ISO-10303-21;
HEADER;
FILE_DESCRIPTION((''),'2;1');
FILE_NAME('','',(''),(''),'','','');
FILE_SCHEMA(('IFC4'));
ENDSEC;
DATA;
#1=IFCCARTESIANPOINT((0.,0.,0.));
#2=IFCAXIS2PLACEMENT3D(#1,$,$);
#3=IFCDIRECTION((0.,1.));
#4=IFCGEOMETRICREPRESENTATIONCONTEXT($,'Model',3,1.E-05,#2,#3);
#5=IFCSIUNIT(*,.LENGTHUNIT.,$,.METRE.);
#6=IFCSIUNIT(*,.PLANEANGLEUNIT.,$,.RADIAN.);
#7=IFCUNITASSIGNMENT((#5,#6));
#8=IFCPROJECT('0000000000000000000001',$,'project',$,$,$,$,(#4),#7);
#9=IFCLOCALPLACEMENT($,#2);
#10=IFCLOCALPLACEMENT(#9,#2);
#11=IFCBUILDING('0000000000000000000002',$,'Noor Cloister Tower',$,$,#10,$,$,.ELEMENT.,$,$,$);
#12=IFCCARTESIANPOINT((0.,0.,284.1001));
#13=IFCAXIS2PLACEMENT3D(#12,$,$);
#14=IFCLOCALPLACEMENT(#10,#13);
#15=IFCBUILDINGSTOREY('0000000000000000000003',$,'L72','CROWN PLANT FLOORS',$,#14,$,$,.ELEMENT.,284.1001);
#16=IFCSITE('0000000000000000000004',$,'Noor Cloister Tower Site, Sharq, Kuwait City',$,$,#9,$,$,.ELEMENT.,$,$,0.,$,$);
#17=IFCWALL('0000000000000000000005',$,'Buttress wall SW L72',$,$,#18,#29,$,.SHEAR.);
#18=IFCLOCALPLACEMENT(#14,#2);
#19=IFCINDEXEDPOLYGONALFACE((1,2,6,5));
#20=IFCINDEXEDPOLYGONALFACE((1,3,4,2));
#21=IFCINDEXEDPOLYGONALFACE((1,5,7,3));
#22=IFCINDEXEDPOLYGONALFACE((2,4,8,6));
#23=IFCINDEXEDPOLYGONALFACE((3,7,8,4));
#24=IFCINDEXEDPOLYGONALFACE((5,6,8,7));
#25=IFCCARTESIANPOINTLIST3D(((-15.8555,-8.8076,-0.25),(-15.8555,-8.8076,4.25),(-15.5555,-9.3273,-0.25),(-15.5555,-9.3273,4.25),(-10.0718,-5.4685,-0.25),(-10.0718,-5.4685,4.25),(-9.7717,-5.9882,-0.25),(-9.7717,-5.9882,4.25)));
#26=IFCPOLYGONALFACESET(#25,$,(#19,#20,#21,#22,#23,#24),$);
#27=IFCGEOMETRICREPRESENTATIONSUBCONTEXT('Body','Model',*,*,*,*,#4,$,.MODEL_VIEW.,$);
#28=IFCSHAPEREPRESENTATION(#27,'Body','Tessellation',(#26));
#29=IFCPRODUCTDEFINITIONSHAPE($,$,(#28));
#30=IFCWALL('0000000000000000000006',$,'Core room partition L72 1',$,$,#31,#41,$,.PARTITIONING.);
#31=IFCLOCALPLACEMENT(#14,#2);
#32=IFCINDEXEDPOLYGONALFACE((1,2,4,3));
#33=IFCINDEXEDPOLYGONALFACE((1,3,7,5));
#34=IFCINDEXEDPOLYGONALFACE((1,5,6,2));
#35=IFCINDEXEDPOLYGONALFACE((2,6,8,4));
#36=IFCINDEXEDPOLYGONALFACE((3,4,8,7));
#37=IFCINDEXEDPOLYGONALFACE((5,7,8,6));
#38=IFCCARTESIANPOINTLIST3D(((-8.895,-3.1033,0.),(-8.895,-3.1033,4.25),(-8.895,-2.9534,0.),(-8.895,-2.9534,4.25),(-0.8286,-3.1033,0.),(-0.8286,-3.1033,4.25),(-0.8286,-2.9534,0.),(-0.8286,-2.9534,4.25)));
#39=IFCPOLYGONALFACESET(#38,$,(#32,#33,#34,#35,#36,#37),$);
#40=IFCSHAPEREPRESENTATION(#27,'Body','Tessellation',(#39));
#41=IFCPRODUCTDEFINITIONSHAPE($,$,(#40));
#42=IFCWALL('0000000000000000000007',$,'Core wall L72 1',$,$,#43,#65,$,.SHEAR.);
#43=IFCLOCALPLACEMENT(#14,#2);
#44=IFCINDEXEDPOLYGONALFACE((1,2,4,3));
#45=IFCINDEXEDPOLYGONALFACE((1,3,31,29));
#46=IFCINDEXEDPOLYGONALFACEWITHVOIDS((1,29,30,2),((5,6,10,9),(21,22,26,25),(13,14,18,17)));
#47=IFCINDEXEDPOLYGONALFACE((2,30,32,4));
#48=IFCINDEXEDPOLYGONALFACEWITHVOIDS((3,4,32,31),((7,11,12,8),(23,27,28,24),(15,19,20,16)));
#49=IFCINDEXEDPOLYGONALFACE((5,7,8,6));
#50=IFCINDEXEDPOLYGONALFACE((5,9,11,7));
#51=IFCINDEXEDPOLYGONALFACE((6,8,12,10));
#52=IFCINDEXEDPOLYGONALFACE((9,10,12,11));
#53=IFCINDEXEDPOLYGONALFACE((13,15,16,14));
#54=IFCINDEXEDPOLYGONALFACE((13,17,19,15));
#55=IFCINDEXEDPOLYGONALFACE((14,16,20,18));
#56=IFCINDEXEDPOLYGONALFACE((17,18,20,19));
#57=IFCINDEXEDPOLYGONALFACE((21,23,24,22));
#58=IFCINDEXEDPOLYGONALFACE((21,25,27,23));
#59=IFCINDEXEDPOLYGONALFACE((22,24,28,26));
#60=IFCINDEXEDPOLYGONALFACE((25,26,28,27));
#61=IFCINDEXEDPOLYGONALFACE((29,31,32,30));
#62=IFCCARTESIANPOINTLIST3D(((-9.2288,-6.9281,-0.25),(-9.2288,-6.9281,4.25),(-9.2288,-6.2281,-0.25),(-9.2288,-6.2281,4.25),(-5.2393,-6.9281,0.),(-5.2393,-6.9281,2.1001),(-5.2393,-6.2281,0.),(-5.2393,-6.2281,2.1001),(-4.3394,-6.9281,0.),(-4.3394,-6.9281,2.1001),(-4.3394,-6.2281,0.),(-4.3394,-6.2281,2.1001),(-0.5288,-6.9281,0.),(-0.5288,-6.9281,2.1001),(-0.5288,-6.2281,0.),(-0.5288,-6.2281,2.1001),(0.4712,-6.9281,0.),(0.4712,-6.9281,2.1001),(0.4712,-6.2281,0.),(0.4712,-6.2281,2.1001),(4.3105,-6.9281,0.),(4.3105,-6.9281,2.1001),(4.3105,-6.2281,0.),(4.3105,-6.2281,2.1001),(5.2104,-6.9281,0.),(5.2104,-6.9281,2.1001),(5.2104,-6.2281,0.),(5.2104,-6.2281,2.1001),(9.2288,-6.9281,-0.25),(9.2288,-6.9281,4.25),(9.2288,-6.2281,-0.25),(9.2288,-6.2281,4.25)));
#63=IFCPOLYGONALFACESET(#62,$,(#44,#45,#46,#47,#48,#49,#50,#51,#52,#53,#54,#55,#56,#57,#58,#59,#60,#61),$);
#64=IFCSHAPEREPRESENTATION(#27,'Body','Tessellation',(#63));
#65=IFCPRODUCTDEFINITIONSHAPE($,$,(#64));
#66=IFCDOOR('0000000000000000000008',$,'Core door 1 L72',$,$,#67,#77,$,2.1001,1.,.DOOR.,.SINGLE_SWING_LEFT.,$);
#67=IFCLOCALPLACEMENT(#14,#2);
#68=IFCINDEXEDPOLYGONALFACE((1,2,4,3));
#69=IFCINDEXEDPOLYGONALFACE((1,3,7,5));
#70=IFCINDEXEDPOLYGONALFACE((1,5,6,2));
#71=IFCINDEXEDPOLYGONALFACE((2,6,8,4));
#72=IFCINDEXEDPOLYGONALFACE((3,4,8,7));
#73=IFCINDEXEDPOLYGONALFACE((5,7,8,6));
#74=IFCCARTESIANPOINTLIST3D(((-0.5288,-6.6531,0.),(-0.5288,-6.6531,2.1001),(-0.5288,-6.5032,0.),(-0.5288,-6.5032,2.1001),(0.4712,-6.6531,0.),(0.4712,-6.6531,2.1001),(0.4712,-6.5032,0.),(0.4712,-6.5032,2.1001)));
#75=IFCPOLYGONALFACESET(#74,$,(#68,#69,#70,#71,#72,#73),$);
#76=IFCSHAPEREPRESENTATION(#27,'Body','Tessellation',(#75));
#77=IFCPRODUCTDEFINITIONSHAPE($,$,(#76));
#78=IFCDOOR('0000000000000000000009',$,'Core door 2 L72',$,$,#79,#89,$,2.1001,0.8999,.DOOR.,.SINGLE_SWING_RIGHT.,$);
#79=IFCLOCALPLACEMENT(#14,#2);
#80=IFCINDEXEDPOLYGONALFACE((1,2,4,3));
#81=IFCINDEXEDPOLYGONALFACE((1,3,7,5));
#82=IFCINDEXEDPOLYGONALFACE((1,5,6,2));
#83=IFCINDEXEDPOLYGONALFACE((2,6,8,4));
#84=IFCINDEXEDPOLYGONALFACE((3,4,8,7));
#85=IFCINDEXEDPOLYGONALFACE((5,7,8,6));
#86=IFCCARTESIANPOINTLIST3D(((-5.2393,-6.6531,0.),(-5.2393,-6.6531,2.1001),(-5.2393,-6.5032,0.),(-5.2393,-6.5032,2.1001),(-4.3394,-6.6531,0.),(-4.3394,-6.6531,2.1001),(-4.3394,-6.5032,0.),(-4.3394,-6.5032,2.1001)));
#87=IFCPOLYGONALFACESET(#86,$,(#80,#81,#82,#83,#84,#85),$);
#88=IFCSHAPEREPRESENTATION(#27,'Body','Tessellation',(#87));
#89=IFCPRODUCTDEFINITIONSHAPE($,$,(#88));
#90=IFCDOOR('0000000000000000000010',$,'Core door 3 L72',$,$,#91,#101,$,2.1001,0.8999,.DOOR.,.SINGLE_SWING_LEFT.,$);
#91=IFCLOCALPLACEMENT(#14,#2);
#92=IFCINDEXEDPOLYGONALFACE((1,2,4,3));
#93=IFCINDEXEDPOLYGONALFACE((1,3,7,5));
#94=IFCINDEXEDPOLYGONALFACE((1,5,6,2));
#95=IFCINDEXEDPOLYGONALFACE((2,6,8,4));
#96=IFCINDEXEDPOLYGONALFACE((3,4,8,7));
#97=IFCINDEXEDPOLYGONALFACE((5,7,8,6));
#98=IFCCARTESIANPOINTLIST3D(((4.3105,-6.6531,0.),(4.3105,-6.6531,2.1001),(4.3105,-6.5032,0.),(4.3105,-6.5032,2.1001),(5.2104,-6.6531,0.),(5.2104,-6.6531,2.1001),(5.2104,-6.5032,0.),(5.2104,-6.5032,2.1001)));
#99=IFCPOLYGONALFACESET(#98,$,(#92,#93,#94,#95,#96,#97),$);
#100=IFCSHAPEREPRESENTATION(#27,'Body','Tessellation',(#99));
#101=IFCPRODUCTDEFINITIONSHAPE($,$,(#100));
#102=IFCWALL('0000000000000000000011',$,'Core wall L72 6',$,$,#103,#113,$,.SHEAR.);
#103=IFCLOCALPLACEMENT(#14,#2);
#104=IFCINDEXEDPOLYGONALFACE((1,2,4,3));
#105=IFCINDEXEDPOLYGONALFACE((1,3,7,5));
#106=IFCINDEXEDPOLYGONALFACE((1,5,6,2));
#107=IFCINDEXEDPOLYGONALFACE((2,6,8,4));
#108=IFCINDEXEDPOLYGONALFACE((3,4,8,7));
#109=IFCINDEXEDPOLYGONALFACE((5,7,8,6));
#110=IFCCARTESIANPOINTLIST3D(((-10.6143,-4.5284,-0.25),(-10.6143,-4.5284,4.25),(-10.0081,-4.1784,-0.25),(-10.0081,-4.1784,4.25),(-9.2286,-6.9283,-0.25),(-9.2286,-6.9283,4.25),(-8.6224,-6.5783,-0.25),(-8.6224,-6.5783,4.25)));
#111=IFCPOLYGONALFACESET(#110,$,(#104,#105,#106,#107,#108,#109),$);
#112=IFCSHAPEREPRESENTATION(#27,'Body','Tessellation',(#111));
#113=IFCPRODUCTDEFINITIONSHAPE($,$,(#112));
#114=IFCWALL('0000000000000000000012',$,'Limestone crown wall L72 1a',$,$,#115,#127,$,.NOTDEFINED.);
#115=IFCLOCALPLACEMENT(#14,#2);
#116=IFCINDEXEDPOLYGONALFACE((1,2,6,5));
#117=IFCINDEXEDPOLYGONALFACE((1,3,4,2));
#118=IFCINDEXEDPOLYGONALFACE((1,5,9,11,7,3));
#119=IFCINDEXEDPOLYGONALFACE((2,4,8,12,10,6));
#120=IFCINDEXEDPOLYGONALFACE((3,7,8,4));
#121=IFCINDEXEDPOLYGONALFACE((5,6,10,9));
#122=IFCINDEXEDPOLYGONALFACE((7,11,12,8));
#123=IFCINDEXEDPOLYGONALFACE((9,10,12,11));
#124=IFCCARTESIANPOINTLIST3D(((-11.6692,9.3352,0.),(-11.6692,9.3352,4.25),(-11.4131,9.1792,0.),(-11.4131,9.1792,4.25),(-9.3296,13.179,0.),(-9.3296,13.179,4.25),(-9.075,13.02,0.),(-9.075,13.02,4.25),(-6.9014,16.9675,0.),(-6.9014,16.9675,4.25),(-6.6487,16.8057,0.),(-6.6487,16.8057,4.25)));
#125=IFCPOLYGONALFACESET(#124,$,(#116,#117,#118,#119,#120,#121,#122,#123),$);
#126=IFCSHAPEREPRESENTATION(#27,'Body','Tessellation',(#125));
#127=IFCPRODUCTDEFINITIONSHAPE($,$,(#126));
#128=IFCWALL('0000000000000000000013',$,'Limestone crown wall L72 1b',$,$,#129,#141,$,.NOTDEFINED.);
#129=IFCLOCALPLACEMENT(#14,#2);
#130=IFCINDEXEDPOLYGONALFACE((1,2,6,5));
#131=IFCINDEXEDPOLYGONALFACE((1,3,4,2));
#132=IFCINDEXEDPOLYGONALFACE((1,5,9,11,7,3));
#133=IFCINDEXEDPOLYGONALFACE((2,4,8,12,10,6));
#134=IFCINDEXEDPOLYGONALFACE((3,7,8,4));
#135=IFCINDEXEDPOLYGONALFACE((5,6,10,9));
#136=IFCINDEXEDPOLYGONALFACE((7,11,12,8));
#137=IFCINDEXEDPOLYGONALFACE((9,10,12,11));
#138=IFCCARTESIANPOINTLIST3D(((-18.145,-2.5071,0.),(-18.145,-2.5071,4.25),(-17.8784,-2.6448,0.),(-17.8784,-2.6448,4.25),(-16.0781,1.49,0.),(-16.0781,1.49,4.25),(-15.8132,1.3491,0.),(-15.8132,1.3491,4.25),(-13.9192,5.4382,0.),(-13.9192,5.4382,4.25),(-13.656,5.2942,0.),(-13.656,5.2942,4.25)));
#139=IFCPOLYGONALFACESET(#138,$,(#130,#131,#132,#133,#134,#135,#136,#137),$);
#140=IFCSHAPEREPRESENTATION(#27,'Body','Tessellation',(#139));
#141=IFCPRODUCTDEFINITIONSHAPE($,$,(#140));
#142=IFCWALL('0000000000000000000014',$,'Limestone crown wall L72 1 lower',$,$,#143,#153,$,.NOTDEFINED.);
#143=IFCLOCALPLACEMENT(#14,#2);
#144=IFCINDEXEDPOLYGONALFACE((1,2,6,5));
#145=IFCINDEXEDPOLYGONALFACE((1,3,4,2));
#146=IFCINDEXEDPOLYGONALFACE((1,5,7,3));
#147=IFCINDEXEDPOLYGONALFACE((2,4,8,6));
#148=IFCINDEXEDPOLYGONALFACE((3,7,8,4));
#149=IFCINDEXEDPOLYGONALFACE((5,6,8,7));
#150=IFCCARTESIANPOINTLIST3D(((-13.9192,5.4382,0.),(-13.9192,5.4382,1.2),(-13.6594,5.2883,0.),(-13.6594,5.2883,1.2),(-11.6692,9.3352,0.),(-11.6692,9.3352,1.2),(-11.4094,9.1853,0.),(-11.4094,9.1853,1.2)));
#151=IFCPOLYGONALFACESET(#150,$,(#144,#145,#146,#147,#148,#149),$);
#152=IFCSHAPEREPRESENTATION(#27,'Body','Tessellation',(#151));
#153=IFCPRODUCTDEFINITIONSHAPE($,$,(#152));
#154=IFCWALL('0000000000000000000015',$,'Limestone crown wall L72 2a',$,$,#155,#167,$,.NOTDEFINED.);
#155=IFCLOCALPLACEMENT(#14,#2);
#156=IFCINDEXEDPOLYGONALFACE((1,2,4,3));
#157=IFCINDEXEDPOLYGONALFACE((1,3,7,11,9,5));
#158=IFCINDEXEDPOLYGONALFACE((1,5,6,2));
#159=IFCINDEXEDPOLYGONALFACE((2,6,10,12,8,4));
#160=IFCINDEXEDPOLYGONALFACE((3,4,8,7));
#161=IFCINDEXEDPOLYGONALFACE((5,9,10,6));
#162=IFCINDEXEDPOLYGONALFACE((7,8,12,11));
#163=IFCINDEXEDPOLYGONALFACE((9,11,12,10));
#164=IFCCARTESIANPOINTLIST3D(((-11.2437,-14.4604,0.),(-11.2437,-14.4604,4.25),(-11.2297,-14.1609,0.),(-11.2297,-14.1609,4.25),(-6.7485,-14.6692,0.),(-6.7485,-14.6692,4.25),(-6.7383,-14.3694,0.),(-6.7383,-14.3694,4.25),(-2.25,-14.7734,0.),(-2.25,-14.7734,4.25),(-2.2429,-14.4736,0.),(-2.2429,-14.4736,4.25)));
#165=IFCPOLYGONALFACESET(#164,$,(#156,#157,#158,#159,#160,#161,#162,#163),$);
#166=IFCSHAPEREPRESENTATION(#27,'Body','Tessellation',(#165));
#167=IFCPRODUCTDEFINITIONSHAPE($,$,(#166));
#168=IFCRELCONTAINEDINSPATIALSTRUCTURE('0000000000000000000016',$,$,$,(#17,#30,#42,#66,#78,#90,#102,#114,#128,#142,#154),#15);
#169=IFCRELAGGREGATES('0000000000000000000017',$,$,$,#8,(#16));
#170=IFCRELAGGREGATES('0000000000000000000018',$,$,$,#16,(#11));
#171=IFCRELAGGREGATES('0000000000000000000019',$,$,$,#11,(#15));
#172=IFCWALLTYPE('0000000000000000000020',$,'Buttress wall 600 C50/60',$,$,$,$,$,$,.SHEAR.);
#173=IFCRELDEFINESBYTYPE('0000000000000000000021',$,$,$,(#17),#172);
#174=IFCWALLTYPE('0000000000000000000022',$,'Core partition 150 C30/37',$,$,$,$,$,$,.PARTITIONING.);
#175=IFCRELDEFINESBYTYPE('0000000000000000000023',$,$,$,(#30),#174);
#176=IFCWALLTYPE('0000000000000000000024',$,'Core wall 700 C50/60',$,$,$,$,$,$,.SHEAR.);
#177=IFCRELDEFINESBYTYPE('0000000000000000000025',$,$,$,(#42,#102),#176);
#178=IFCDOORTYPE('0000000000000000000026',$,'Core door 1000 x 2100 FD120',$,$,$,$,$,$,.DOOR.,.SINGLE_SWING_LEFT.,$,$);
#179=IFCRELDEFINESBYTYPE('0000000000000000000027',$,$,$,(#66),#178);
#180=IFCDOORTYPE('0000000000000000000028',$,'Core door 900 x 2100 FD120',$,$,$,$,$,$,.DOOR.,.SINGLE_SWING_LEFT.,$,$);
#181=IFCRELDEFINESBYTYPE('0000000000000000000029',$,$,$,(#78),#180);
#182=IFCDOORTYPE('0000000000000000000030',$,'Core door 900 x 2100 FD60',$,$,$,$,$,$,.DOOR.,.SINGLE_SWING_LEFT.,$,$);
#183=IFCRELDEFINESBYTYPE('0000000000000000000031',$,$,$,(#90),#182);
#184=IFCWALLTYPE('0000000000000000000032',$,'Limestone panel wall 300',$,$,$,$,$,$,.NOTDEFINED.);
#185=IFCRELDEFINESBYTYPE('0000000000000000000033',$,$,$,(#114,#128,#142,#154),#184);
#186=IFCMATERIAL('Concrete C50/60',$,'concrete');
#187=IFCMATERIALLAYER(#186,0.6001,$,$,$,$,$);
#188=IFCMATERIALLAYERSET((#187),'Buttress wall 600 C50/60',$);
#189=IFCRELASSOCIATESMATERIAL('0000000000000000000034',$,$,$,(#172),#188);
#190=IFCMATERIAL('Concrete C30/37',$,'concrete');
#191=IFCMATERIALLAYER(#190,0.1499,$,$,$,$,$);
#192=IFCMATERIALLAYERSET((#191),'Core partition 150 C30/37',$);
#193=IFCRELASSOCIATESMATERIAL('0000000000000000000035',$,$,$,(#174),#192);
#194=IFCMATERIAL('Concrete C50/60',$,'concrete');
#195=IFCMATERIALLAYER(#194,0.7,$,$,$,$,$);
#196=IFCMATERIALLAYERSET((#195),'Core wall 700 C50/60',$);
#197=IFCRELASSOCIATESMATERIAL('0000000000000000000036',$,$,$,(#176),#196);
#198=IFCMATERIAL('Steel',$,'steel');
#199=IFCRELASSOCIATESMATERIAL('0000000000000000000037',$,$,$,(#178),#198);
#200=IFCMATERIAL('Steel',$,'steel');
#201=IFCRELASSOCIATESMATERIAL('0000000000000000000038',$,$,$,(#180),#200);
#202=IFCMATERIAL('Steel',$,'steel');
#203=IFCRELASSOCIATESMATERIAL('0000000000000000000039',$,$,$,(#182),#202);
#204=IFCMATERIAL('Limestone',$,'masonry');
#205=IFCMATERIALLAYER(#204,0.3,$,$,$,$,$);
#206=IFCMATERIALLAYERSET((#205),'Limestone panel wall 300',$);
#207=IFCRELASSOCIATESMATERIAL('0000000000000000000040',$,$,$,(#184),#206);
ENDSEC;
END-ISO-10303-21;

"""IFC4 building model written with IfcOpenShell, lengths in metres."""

from ifc_helpers import new_model, si_unit, direction, frame, frame_2d, origin, place, context, subcontext, project, spatial, polyline, rectangle, outline, extrude, material, layer, layer_set, type_object, element, fill, save


model = new_model("IFC4")

# Units and contexts
model_context = context("Model", 3, precision=1e-05, world=origin(), true_north=direction((0.0, 1.0)))
body_context = subcontext(model_context, "Body", "Model", "MODEL_VIEW")
ifc_project = project(units=[si_unit("LENGTHUNIT", "METRE"), si_unit("PLANEANGLEUNIT", "RADIAN")], contexts=[model_context])

# Site, building, storey
site_placement = place(None, origin())
site = spatial("IfcSite", under=ifc_project, at=site_placement, Name="Noor Cloister Tower Site, Sharq, Kuwait City", CompositionType="ELEMENT", RefElevation=0.0)
building_placement = place(site_placement, origin())
building = spatial("IfcBuilding", under=site, at=building_placement, Name="Noor Cloister Tower", CompositionType="ELEMENT")
storey_placement = place(building_placement, frame((0.0, 0.0, 284.1001)))
storey = spatial("IfcBuildingStorey", under=building, at=storey_placement, Name="L72", Description="CROWN PLANT FLOORS", CompositionType="ELEMENT", Elevation=284.1001)

# Walls
ifc_material_1 = material(Name="Concrete C50/60", Category="concrete")
ifc_layer_1 = layer(ifc_material_1, 0.6001)
ifc_layer_set_1 = layer_set([ifc_layer_1], Name="Buttress wall 600 C50/60")
wall_type_1 = type_object("IfcWallType", Name="Buttress wall 600 C50/60", PredefinedType="SHEAR", material=ifc_layer_set_1)
wall_1_placement = place(storey_placement, frame((-9.9216, -5.7283, -0.25), z_axis=(0.0, 0.0, 1.0), x_axis=(-0.866032, -0.499988, 0.0)))
element("IfcWall", 1, at=wall_1_placement, inside=storey, type_object=wall_type_1, Name="Buttress wall SW L72", PredefinedType="SHEAR", context=body_context, shape_type="SweptSolid", body=[
    extrude(rectangle(XDim=6.6785, YDim=0.6001, at=frame_2d((3.3394, 0.0))), origin(), (0.0, 0.0, 1.0), 4.5),
])
ifc_material_2 = material(Name="Concrete C30/37", Category="concrete")
ifc_layer_2 = layer(ifc_material_2, 0.1499)
ifc_layer_set_2 = layer_set([ifc_layer_2], Name="Core partition 150 C30/37")
wall_type_2 = type_object("IfcWallType", Name="Core partition 150 C30/37", PredefinedType="PARTITIONING", material=ifc_layer_set_2)
wall_2_placement = place(storey_placement, frame((-8.895, -3.0283, 0.0), z_axis=(0.0, 0.0, 1.0), x_axis=(1.0, 0.0, 0.0)))
element("IfcWall", 2, at=wall_2_placement, inside=storey, type_object=wall_type_2, Name="Core room partition L72 1", PredefinedType="PARTITIONING", context=body_context, shape_type="SweptSolid", body=[
    extrude(rectangle(XDim=8.0664, YDim=0.1499, at=frame_2d((4.0332, 0.0))), origin(), (0.0, 0.0, 1.0), 4.25),
])

# Wall, openings, doors
ifc_material_3 = material(Name="Concrete C50/60", Category="concrete")
ifc_layer_3 = layer(ifc_material_3, 0.7)
ifc_layer_set_3 = layer_set([ifc_layer_3], Name="Core wall 700 C50/60")
wall_type_3 = type_object("IfcWallType", Name="Core wall 700 C50/60", PredefinedType="SHEAR", material=ifc_layer_set_3)
wall_3_placement = place(storey_placement, frame((-9.2288, -6.5781, -0.25), z_axis=(0.0, 0.0, 1.0), x_axis=(1.0, 0.0, 0.0)))
wall_3 = element("IfcWall", 3, at=wall_3_placement, inside=storey, type_object=wall_type_3, Name="Core wall L72 1", PredefinedType="SHEAR", context=body_context, shape_type="SweptSolid", body=[
    extrude(rectangle(XDim=18.4575, YDim=0.7, at=frame_2d((9.2288, 0.0))), origin(), (0.0, 0.0, 1.0), 4.5),
])
opening_1_placement = place(wall_3_placement, frame((8.7, 0.0, 0.25)))
opening_1 = element("IfcOpeningElement", 4, at=opening_1_placement, cuts=wall_3, PredefinedType="OPENING", context=body_context, shape_type="SweptSolid", body=[
    extrude(rectangle(XDim=1.0, YDim=2.1001, at=frame_2d((0.5, 1.05))), frame((0.0, 0.3599, 0.0), z_axis=(0.0, -1.0, 0.0), x_axis=(1.0, 0.0, 0.0)), (0.0, 0.0, 1.0), 0.72),
])
opening_2_placement = place(wall_3_placement, frame((3.9895, 0.0, 0.25)))
opening_2 = element("IfcOpeningElement", 5, at=opening_2_placement, cuts=wall_3, PredefinedType="OPENING", context=body_context, shape_type="SweptSolid", body=[
    extrude(rectangle(XDim=0.8999, YDim=2.1001, at=frame_2d((0.45, 1.05))), frame((0.0, 0.3599, 0.0), z_axis=(0.0, -1.0, 0.0), x_axis=(1.0, 0.0, 0.0)), (0.0, 0.0, 1.0), 0.72),
])
opening_3_placement = place(wall_3_placement, frame((13.5393, 0.0, 0.25)))
opening_3 = element("IfcOpeningElement", 6, at=opening_3_placement, cuts=wall_3, PredefinedType="OPENING", context=body_context, shape_type="SweptSolid", body=[
    extrude(rectangle(XDim=0.8999, YDim=2.1001, at=frame_2d((0.45, 1.05))), frame((0.0, 0.3599, 0.0), z_axis=(0.0, -1.0, 0.0), x_axis=(1.0, 0.0, 0.0)), (0.0, 0.0, 1.0), 0.72),
])
ifc_material_4 = material(Name="Steel", Category="steel")
door_type_1 = type_object("IfcDoorType", Name="Core door 1000 x 2100 FD120", OperationType="SINGLE_SWING_LEFT", PredefinedType="DOOR", material=ifc_material_4)
door_1_placement = place(opening_1_placement, origin())
door_1 = element("IfcDoor", 7, at=door_1_placement, inside=storey, type_object=door_type_1, Name="Core door 1 L72", OperationType="SINGLE_SWING_LEFT", OverallHeight=2.1001, OverallWidth=1.0, PredefinedType="DOOR", context=body_context, shape_type="SweptSolid", body=[
    extrude(rectangle(XDim=1.0, YDim=2.1001, at=frame_2d((0.5, 1.05))), frame((0.0, 0.075, 0.0), z_axis=(0.0, -1.0, 0.0), x_axis=(1.0, 0.0, 0.0)), (0.0, 0.0, 1.0), 0.1499),
])
fill(opening_1, door_1)
ifc_material_5 = material(Name="Steel", Category="steel")
door_type_2 = type_object("IfcDoorType", Name="Core door 900 x 2100 FD120", OperationType="SINGLE_SWING_LEFT", PredefinedType="DOOR", material=ifc_material_5)
door_2_placement = place(opening_2_placement, origin())
door_2 = element("IfcDoor", 8, at=door_2_placement, inside=storey, type_object=door_type_2, Name="Core door 2 L72", OperationType="SINGLE_SWING_RIGHT", OverallHeight=2.1001, OverallWidth=0.8999, PredefinedType="DOOR", context=body_context, shape_type="SweptSolid", body=[
    extrude(rectangle(XDim=0.8999, YDim=2.1001, at=frame_2d((0.45, 1.05))), frame((0.0, 0.075, 0.0), z_axis=(0.0, -1.0, 0.0), x_axis=(1.0, 0.0, 0.0)), (0.0, 0.0, 1.0), 0.1499),
])
fill(opening_2, door_2)
ifc_material_6 = material(Name="Steel", Category="steel")
door_type_3 = type_object("IfcDoorType", Name="Core door 900 x 2100 FD60", OperationType="SINGLE_SWING_LEFT", PredefinedType="DOOR", material=ifc_material_6)
door_3_placement = place(opening_3_placement, origin())
door_3 = element("IfcDoor", 9, at=door_3_placement, inside=storey, type_object=door_type_3, Name="Core door 3 L72", OperationType="SINGLE_SWING_LEFT", OverallHeight=2.1001, OverallWidth=0.8999, PredefinedType="DOOR", context=body_context, shape_type="SweptSolid", body=[
    extrude(rectangle(XDim=0.8999, YDim=2.1001, at=frame_2d((0.45, 1.05))), frame((0.0, 0.075, 0.0), z_axis=(0.0, -1.0, 0.0), x_axis=(1.0, 0.0, 0.0)), (0.0, 0.0, 1.0), 0.1499),
])
fill(opening_3, door_3)

# Walls
wall_4_placement = place(storey_placement, frame((-10.3113, -4.3533, -0.25), z_axis=(0.0, 0.0, 1.0), x_axis=(0.500043, -0.866001, 0.0)))
element("IfcWall", 10, at=wall_4_placement, inside=storey, type_object=wall_type_3, Name="Core wall L72 6", PredefinedType="SHEAR", context=body_context, shape_type="SweptSolid", body=[
    extrude(rectangle(XDim=2.7712, YDim=0.7, at=frame_2d((1.3857, 0.0))), origin(), (0.0, 0.0, 1.0), 4.5),
])
ifc_material_7 = material(Name="Limestone", Category="masonry")
ifc_layer_4 = layer(ifc_material_7, 0.3)
ifc_layer_set_4 = layer_set([ifc_layer_4], Name="Limestone panel wall 300")
wall_type_4 = type_object("IfcWallType", Name="Limestone panel wall 300", PredefinedType="NOTDEFINED", material=ifc_layer_set_4)
wall_5_placement = place(storey_placement, origin())
element("IfcWall", 11, at=wall_5_placement, inside=storey, type_object=wall_type_4, Name="Limestone crown wall L72 1a", PredefinedType="NOTDEFINED", context=body_context, shape_type="SweptSolid", body=[
    extrude(outline(polyline([(-6.9014, 16.9675), (-9.3296, 13.179), (-11.6692, 9.3352), (-11.4131, 9.1792), (-9.075, 13.02), (-6.6487, 16.8057), (-6.9014, 16.9675)])), origin(), (0.0, 0.0, 1.0), 4.25),
])
wall_6_placement = place(storey_placement, origin())
element("IfcWall", 12, at=wall_6_placement, inside=storey, type_object=wall_type_4, Name="Limestone crown wall L72 1b", PredefinedType="NOTDEFINED", context=body_context, shape_type="SweptSolid", body=[
    extrude(outline(polyline([(-13.9192, 5.4382), (-16.0781, 1.49), (-18.145, -2.5071), (-17.8784, -2.6448), (-15.8132, 1.3491), (-13.656, 5.2942), (-13.9192, 5.4382)])), origin(), (0.0, 0.0, 1.0), 4.25),
])
wall_7_placement = place(storey_placement, origin())
element("IfcWall", 13, at=wall_7_placement, inside=storey, type_object=wall_type_4, Name="Limestone crown wall L72 1 lower", PredefinedType="NOTDEFINED", context=body_context, shape_type="SweptSolid", body=[
    extrude(outline(polyline([(-11.6692, 9.3352), (-13.9192, 5.4382), (-13.6594, 5.2883), (-11.4094, 9.1853), (-11.6692, 9.3352)])), origin(), (0.0, 0.0, 1.0), 1.2),
])
wall_8_placement = place(storey_placement, origin())
element("IfcWall", 14, at=wall_8_placement, inside=storey, type_object=wall_type_4, Name="Limestone crown wall L72 2a", PredefinedType="NOTDEFINED", context=body_context, shape_type="SweptSolid", body=[
    extrude(outline(polyline([(-11.2437, -14.4604), (-6.7485, -14.6692), (-2.25, -14.7734), (-2.2429, -14.4736), (-6.7383, -14.3694), (-11.2297, -14.1609), (-11.2437, -14.4604)])), origin(), (0.0, 0.0, 1.0), 4.25),
])

save(model, "model.ifc")
